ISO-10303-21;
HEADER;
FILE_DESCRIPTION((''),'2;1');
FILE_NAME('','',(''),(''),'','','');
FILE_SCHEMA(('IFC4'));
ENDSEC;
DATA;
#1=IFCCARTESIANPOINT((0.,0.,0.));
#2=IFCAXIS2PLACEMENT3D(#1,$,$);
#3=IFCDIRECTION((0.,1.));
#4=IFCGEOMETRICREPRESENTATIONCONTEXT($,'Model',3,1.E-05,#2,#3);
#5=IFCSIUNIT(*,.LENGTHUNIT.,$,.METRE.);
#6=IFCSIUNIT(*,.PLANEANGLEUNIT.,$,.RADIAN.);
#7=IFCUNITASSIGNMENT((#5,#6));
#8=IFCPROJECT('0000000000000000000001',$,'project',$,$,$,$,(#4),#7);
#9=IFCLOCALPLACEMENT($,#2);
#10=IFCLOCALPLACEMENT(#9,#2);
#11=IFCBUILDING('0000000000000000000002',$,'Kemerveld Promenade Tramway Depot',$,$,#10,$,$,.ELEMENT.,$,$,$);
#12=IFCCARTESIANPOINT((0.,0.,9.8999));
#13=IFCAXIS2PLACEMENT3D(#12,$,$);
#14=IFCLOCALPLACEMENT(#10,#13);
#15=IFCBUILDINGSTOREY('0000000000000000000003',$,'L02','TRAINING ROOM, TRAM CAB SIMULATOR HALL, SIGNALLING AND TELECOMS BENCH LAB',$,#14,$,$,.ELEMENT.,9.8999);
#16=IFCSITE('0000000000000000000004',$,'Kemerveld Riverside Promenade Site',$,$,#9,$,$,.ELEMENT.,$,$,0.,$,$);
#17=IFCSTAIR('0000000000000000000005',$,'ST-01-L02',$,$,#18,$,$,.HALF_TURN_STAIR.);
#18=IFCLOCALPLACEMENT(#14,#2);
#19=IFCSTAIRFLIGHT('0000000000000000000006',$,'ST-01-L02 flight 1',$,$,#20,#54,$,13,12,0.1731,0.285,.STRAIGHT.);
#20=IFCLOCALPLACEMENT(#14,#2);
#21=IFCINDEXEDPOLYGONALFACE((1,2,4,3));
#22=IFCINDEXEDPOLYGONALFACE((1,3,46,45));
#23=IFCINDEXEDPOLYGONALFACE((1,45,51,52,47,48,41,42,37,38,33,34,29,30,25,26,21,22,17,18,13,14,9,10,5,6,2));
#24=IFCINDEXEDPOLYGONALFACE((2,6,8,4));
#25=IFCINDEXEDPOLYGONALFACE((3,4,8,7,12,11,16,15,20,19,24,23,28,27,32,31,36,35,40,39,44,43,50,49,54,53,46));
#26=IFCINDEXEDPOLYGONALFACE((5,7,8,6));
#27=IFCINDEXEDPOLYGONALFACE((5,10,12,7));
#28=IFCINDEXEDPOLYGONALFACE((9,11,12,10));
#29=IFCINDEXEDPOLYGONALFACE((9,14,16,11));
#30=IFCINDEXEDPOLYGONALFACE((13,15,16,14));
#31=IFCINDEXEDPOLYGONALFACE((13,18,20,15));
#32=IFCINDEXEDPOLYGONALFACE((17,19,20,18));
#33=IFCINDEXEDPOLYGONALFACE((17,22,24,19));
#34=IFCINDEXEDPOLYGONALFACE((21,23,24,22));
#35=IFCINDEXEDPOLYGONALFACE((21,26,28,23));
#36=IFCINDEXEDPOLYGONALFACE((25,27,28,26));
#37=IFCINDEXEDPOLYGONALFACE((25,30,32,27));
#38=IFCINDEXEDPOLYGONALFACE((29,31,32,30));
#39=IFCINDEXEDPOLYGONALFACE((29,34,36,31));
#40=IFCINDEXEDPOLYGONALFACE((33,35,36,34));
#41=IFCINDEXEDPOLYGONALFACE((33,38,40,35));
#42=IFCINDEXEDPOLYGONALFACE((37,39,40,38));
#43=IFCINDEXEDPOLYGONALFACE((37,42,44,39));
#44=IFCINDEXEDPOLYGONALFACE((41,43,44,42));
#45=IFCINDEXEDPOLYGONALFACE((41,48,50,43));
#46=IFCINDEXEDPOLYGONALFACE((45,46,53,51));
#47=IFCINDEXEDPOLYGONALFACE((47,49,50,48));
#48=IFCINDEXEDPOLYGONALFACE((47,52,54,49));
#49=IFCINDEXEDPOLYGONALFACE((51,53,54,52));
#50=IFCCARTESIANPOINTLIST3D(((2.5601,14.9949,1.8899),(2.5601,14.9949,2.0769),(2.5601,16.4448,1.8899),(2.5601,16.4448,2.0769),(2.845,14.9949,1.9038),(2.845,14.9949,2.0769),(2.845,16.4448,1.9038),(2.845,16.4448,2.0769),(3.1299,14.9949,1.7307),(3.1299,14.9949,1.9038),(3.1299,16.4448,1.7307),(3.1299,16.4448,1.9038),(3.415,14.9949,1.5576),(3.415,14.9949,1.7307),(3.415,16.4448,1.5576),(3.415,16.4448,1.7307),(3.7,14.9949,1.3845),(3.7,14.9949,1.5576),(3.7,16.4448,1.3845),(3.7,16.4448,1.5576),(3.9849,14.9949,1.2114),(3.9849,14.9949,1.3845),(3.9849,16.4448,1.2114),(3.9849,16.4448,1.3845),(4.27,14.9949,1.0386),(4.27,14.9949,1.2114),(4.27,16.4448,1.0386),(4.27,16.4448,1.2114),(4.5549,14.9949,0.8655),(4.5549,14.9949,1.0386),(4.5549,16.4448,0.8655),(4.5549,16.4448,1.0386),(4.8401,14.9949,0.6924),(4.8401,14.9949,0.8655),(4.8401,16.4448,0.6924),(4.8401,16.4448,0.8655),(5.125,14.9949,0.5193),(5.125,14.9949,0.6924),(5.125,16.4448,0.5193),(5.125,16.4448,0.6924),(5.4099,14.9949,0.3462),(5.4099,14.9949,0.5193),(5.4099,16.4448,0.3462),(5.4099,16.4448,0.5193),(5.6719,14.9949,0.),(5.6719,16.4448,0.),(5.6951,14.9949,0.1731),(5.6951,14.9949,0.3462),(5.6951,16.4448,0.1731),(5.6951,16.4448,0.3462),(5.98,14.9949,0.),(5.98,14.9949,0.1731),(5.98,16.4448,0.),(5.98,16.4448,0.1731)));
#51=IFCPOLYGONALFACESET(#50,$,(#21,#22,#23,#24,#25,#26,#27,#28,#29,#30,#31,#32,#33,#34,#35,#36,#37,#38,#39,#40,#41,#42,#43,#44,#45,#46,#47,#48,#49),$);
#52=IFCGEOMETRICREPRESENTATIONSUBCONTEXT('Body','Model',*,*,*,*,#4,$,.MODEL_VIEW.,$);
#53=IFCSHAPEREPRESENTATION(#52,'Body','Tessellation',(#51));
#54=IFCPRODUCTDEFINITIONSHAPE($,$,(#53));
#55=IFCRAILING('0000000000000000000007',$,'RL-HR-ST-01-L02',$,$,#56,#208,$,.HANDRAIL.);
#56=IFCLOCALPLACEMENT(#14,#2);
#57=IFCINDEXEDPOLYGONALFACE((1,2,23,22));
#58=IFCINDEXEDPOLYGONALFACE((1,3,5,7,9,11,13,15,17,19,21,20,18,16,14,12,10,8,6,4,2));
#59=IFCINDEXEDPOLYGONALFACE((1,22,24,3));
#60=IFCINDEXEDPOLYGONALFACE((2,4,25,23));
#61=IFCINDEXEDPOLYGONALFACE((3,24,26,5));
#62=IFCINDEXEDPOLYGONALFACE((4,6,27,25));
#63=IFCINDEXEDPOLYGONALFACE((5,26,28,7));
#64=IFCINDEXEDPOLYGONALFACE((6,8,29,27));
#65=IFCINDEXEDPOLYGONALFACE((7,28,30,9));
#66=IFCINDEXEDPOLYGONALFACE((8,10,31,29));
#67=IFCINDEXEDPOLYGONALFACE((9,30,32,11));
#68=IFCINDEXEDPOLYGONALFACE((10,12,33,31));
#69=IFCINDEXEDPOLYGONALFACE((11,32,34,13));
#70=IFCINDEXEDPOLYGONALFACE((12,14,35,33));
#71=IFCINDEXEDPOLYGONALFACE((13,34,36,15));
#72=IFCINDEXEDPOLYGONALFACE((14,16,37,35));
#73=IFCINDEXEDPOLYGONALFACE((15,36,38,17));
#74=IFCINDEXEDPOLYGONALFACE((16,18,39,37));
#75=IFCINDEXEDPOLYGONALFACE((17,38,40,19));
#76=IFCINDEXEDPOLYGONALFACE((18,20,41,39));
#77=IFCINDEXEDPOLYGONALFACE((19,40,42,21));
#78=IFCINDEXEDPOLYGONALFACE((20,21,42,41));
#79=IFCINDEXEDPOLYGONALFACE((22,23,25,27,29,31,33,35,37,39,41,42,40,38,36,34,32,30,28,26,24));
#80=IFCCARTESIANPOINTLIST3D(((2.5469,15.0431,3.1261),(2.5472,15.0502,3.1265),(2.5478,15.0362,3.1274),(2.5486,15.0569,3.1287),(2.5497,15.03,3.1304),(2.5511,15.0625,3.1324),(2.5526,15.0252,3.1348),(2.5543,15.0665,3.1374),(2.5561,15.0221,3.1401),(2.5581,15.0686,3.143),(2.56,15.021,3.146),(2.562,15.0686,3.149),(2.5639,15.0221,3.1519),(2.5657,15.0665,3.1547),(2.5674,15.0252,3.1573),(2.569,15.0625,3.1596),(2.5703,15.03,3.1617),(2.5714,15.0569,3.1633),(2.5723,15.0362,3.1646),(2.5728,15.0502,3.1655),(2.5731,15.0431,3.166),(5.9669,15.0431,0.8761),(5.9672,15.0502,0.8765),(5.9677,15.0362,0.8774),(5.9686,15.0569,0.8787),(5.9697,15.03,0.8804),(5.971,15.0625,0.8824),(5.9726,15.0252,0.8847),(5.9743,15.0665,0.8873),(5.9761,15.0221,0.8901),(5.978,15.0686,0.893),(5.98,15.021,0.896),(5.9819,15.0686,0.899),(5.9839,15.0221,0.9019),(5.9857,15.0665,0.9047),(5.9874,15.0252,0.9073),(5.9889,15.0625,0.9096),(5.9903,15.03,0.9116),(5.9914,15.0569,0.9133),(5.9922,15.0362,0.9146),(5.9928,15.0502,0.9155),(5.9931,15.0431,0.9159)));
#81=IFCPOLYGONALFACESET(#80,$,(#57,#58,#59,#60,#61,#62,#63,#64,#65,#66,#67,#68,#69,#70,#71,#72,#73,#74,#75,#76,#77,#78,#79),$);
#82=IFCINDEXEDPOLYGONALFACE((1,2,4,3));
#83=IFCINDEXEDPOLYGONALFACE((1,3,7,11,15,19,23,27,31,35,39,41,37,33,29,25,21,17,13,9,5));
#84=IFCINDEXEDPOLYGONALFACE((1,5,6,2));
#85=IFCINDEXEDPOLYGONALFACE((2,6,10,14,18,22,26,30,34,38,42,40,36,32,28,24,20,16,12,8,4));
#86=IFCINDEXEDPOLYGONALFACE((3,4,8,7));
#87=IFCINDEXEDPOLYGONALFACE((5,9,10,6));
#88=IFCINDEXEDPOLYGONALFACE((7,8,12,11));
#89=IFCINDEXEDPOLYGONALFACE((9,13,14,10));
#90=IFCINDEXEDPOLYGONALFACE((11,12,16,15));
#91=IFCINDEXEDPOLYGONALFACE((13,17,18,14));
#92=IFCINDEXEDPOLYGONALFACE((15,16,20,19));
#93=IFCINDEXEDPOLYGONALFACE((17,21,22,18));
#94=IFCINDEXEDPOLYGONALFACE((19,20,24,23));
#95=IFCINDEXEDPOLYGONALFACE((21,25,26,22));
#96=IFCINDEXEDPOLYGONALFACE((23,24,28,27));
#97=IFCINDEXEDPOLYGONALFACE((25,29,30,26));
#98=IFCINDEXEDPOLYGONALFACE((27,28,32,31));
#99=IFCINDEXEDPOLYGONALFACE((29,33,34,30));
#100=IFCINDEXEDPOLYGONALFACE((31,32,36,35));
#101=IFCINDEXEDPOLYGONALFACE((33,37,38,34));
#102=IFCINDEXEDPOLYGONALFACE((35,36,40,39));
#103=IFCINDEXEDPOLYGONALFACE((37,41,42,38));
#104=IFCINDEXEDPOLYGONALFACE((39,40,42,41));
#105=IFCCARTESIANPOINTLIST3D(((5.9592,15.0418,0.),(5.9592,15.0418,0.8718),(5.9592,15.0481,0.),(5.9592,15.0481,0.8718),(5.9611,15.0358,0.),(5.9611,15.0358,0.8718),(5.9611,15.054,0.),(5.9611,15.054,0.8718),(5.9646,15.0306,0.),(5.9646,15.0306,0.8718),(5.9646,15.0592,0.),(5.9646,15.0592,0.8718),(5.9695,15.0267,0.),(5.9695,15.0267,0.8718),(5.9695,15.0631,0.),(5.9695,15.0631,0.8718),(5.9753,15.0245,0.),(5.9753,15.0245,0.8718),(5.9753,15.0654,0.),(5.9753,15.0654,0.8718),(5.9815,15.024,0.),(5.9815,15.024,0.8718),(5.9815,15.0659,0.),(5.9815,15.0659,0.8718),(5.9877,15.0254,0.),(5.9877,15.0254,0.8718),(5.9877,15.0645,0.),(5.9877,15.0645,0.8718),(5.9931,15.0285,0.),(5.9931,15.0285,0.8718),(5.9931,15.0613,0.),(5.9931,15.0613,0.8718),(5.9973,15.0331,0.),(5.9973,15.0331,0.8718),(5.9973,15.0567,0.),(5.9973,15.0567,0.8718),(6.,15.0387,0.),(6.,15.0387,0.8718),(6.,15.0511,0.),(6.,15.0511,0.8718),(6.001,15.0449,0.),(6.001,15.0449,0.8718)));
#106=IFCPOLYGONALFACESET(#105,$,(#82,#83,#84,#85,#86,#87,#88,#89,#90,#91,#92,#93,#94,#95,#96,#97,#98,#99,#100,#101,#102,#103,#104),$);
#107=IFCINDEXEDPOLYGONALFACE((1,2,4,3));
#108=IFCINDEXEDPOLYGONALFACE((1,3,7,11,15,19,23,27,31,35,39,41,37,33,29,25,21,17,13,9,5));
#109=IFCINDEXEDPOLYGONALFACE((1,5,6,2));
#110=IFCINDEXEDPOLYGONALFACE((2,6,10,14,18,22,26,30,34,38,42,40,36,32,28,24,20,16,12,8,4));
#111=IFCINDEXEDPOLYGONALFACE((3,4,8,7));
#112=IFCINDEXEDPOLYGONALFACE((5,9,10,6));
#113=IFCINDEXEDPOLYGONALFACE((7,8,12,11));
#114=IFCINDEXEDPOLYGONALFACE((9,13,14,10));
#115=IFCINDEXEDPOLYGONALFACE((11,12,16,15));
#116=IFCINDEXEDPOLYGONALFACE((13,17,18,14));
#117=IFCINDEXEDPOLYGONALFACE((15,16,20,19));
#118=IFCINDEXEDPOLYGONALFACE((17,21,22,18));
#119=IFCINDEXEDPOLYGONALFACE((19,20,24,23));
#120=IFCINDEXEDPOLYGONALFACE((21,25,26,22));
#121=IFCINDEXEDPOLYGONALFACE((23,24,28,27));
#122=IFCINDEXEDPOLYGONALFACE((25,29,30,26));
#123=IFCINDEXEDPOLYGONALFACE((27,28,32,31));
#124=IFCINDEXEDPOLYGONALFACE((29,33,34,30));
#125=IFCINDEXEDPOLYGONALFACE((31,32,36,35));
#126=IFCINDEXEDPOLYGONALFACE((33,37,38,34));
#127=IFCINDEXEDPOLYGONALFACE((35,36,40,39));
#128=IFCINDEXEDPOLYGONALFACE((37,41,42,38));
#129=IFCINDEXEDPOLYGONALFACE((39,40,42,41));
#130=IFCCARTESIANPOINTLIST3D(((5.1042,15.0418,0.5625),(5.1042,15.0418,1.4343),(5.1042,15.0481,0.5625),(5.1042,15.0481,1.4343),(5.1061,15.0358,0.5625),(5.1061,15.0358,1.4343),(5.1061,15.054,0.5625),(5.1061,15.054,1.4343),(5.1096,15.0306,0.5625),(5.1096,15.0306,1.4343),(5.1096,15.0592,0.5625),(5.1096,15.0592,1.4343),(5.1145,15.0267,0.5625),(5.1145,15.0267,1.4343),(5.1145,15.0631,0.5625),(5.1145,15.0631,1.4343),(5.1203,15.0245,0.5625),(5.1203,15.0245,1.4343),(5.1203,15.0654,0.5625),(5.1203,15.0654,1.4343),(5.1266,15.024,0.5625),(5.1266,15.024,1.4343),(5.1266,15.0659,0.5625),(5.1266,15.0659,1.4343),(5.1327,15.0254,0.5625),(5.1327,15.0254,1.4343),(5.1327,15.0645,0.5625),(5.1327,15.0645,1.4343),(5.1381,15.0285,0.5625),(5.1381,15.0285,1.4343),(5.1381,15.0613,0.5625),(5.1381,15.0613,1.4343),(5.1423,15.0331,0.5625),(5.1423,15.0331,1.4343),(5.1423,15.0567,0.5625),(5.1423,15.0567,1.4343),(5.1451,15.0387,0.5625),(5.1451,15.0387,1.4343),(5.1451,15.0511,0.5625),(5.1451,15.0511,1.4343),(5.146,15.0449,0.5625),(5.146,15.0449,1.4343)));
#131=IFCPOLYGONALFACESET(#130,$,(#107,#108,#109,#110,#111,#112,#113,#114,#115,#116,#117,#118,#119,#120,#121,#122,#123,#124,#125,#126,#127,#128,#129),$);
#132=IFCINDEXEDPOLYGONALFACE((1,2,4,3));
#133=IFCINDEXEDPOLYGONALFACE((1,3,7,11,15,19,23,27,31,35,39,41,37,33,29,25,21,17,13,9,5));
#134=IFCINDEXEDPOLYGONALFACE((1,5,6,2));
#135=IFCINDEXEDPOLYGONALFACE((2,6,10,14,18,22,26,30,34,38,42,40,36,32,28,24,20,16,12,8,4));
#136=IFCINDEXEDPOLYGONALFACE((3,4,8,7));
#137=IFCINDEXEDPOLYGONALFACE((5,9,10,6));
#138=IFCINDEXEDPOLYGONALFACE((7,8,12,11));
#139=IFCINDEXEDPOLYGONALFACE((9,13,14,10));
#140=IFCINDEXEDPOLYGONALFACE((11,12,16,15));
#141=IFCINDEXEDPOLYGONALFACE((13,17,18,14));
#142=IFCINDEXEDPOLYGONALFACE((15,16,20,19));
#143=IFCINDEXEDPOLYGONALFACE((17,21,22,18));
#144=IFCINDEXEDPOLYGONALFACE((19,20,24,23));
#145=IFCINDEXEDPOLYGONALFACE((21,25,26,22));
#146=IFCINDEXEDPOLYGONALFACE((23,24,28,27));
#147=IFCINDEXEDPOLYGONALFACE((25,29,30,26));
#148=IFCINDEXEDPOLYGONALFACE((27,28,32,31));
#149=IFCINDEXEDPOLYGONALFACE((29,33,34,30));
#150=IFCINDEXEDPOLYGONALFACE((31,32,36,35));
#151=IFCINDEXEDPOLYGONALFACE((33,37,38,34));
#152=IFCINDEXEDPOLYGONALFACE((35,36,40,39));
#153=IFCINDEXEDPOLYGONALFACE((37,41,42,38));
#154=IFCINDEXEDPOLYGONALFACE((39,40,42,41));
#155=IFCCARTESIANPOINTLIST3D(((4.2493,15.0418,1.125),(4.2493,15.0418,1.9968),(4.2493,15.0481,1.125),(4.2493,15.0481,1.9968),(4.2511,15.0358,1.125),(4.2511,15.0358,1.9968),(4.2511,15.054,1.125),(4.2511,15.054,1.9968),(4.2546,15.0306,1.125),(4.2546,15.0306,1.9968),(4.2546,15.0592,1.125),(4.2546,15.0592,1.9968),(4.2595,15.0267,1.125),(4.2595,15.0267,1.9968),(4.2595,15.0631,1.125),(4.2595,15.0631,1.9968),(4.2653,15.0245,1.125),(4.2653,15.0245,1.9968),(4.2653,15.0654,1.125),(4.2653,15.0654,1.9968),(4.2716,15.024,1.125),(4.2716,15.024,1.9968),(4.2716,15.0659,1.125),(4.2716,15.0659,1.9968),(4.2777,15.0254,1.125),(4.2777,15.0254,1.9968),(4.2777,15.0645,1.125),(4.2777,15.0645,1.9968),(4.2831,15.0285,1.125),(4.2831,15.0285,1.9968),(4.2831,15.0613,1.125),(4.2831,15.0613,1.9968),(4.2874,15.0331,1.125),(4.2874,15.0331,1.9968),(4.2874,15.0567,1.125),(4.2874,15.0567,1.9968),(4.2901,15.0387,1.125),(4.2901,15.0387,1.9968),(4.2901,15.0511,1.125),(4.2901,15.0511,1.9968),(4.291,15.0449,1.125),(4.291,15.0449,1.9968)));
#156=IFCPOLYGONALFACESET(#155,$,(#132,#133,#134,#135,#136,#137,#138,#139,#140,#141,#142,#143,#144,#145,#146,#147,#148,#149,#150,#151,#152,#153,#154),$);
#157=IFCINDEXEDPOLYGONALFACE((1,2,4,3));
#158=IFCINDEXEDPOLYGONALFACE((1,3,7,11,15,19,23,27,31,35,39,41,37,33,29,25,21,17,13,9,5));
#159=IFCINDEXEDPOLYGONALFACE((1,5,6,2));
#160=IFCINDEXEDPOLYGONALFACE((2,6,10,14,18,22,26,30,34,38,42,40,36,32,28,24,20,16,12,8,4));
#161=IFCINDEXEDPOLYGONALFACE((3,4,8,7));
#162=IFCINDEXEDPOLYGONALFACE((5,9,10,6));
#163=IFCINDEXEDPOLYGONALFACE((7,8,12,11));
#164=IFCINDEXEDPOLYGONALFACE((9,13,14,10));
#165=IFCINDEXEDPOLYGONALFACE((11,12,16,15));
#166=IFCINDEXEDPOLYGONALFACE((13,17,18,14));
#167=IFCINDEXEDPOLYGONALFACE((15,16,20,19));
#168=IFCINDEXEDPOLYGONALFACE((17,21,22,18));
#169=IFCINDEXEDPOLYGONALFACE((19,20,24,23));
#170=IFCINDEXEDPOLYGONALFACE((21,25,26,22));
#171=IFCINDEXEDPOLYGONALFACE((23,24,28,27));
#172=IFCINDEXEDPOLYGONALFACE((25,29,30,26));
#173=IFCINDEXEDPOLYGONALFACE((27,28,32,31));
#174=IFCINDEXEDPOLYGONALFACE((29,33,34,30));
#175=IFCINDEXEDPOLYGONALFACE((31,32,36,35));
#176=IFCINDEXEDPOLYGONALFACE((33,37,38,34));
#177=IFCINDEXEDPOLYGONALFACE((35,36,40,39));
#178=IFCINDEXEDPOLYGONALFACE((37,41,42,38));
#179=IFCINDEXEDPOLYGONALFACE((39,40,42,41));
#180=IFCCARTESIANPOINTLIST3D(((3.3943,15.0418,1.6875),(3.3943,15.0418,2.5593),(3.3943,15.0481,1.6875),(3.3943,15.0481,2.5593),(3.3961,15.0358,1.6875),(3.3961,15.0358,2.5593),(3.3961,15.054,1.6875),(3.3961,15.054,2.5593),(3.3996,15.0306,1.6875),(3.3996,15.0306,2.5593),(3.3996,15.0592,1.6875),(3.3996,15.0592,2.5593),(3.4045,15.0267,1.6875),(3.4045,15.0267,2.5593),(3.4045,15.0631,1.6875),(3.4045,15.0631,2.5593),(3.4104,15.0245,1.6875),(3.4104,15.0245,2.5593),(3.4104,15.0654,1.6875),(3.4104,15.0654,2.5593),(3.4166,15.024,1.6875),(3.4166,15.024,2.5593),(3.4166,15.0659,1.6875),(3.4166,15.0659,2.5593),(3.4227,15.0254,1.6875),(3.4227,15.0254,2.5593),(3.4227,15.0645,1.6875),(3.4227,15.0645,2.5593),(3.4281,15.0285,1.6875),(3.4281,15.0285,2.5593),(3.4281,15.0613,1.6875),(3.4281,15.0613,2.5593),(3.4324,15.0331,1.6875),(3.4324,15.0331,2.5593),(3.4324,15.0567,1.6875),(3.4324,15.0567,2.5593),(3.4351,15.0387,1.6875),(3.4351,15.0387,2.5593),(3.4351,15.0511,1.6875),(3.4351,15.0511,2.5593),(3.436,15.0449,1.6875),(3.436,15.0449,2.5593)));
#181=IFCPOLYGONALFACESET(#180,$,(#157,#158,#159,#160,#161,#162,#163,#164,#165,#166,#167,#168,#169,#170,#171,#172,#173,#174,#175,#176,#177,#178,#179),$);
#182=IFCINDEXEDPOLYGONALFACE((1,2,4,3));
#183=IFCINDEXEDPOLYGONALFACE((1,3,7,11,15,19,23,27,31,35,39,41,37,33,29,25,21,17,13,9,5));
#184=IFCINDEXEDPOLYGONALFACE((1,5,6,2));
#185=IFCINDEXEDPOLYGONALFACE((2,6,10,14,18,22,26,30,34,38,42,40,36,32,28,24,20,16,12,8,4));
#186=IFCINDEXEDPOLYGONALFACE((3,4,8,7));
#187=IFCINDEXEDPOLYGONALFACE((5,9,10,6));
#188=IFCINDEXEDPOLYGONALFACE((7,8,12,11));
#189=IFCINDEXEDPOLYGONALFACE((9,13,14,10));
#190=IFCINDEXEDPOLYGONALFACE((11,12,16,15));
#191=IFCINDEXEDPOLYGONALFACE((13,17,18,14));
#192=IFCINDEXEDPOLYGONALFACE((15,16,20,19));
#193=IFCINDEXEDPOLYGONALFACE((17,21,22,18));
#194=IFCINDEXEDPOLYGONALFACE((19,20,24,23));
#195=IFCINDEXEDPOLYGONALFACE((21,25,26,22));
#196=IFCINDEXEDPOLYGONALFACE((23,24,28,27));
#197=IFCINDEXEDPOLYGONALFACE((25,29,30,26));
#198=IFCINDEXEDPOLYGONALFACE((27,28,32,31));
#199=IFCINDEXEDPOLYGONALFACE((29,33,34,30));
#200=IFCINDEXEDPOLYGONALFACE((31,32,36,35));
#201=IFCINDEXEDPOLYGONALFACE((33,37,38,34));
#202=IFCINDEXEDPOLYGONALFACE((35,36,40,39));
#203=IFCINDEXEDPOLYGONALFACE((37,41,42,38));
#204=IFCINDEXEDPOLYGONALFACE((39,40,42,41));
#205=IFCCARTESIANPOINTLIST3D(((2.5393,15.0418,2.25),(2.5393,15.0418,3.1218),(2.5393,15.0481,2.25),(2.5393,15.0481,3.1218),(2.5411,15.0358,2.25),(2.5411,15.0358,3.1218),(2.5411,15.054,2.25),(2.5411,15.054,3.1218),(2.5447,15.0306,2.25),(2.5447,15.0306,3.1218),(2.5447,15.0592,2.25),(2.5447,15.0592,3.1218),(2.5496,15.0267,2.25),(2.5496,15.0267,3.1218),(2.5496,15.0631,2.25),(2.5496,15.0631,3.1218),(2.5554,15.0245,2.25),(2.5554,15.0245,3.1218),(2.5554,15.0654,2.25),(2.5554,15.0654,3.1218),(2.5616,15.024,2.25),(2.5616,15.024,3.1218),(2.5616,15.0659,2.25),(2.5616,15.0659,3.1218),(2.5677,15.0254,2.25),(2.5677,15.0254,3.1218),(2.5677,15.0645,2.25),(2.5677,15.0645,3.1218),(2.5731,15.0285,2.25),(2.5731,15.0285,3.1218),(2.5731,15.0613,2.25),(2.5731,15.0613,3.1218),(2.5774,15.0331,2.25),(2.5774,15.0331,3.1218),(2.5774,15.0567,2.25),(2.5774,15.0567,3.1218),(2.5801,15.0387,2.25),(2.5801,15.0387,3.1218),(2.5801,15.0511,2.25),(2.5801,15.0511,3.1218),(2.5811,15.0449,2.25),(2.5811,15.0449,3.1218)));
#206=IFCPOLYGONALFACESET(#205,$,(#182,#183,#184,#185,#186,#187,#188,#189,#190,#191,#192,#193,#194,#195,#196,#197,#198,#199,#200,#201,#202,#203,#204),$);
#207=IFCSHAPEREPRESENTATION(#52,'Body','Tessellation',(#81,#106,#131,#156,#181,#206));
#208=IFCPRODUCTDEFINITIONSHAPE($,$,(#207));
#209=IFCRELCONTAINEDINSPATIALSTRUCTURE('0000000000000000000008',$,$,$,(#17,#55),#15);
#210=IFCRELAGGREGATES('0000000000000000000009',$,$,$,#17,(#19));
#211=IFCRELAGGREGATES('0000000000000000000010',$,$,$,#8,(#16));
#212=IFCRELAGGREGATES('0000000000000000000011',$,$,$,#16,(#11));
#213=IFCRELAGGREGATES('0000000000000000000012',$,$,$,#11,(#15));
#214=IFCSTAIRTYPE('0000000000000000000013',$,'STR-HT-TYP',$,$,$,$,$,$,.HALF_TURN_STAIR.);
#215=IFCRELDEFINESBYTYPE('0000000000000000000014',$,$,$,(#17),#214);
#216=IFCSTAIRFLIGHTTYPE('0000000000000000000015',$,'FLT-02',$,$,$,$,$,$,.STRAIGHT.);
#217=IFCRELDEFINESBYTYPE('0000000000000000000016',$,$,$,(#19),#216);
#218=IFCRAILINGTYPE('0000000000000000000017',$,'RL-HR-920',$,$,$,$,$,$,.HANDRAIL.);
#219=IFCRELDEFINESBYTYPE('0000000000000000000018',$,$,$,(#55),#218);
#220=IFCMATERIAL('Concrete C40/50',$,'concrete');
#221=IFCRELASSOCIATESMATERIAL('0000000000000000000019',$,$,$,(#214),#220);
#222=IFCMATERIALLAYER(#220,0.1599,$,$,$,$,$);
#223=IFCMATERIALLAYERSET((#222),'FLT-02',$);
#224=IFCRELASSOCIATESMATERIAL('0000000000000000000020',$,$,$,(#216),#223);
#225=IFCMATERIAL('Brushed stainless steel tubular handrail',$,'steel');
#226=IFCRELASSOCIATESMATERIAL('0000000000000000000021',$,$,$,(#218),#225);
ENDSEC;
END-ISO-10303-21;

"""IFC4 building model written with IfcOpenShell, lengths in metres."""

from ifc_helpers import new_model, si_unit, direction, frame, origin, origin_2d, place, context, subcontext, project, spatial, polyline, circle, outline, extrude, material, layer, layer_set, type_object, element, aggregate, save


model = new_model("IFC4")

# Units and contexts
model_context = context("Model", 3, precision=1e-05, world=origin(), true_north=direction((0.0, 1.0)))
body_context = subcontext(model_context, "Body", "Model", "MODEL_VIEW")
ifc_project = project(units=[si_unit("LENGTHUNIT", "METRE"), si_unit("PLANEANGLEUNIT", "RADIAN")], contexts=[model_context])

# Site, building, storey
site_placement = place(None, origin())
site = spatial("IfcSite", under=ifc_project, at=site_placement, Name="Kemerveld Riverside Promenade Site", CompositionType="ELEMENT", RefElevation=0.0)
building_placement = place(site_placement, origin())
building = spatial("IfcBuilding", under=site, at=building_placement, Name="Kemerveld Promenade Tramway Depot", CompositionType="ELEMENT")
storey_placement = place(building_placement, frame((0.0, 0.0, 9.8999)))
storey = spatial("IfcBuildingStorey", under=building, at=storey_placement, Name="L02", Description="TRAINING ROOM, TRAM CAB SIMULATOR HALL, SIGNALLING AND TELECOMS BENCH LAB", CompositionType="ELEMENT", Elevation=9.8999)

# Shared definitions
ifc_material_1 = material(Name="Concrete C40/50", Category="concrete")

# Stair, stair flight
stair_type = type_object("IfcStairType", Name="STR-HT-TYP", PredefinedType="HALF_TURN_STAIR", material=ifc_material_1)
stair_placement = place(storey_placement, origin())
stair = element("IfcStair", 1, at=stair_placement, inside=storey, type_object=stair_type, Name="ST-01-L02", PredefinedType="HALF_TURN_STAIR")
ifc_layer_1 = layer(ifc_material_1, 0.1599)
ifc_layer_set_1 = layer_set([ifc_layer_1], Name="FLT-02")
stair_flight_type = type_object("IfcStairFlightType", Name="FLT-02", PredefinedType="STRAIGHT", material=ifc_layer_set_1)
stair_flight_placement = place(storey_placement, frame((5.98, 15.72, 0.0), z_axis=(0.0, 0.0, 1.0), x_axis=(-1.0, 0.0, 0.0)))
stair_flight = element("IfcStairFlight", 2, at=stair_flight_placement, type_object=stair_flight_type, Name="ST-01-L02 flight 1", NumberOfRisers=13, NumberOfTreads=12, PredefinedType="STRAIGHT", RiserHeight=0.1731, TreadLength=0.285, context=body_context, shape_type="SweptSolid", body=[
    extrude(outline(polyline([(0.0, 0.0), (0.0, 0.1731), (0.2849, 0.1731), (0.2849, 0.3462), (0.5701, 0.3462), (0.5701, 0.5193), (0.855, 0.5193), (0.855, 0.6924), (1.1399, 0.6924), (1.1399, 0.8655), (1.425, 0.8655), (1.425, 1.0386), (1.71, 1.0386), (1.71, 1.2114), (1.9951, 1.2114), (1.9951, 1.3845), (2.28, 1.3845), (2.28, 1.5576), (2.5649, 1.5576), (2.5649, 1.7307), (2.8501, 1.7307), (2.8501, 1.9038), (3.135, 1.9038), (3.135, 2.0769), (3.4199, 2.0769), (3.4199, 2.25), (3.4199, 1.8899), (0.3081, 0.0), (0.0, 0.0)])), frame((0.0, 0.7251, 0.0), z_axis=(0.0, -1.0, 0.0), x_axis=(1.0, 0.0, 0.0)), (0.0, 0.0, 1.0), 1.45),
])
aggregate(stair, [stair_flight])

# Railing
ifc_material_2 = material(Name="Brushed stainless steel tubular handrail", Category="steel")
railing_type_1 = type_object("IfcRailingType", Name="RL-HR-920", PredefinedType="HANDRAIL", material=ifc_material_2)
railing_1_placement = place(storey_placement, frame((5.98, 15.0449, 0.0)))
element("IfcRailing", 3, at=railing_1_placement, inside=storey, type_object=railing_type_1, Name="RL-HR-ST-01-L02", PredefinedType="HANDRAIL", context=body_context, shape_type="SweptSolid", body=[
    extrude(circle(Radius=0.0239, at=origin_2d()), frame((0.0, 0.0, 0.896), z_axis=(-0.835411, 0.0, 0.549625), x_axis=(0.0, -1.0, 0.0)), (0.0, 0.0, 1.0), 4.0938),
    extrude(circle(Radius=0.021, at=origin_2d()), origin(), (0.0, 0.0, 1.0), 0.8718),
    extrude(circle(Radius=0.021, at=origin_2d()), frame((-0.855, 0.0, 0.5625)), (0.0, 0.0, 1.0), 0.8718),
    extrude(circle(Radius=0.021, at=origin_2d()), frame((-1.71, 0.0, 1.125)), (0.0, 0.0, 1.0), 0.8718),
    extrude(circle(Radius=0.021, at=origin_2d()), frame((-2.5649, 0.0, 1.6875)), (0.0, 0.0, 1.0), 0.8718),
    extrude(circle(Radius=0.021, at=origin_2d()), frame((-3.4199, 0.0, 2.25)), (0.0, 0.0, 1.0), 0.8718),
])

save(model, "model.ifc")
